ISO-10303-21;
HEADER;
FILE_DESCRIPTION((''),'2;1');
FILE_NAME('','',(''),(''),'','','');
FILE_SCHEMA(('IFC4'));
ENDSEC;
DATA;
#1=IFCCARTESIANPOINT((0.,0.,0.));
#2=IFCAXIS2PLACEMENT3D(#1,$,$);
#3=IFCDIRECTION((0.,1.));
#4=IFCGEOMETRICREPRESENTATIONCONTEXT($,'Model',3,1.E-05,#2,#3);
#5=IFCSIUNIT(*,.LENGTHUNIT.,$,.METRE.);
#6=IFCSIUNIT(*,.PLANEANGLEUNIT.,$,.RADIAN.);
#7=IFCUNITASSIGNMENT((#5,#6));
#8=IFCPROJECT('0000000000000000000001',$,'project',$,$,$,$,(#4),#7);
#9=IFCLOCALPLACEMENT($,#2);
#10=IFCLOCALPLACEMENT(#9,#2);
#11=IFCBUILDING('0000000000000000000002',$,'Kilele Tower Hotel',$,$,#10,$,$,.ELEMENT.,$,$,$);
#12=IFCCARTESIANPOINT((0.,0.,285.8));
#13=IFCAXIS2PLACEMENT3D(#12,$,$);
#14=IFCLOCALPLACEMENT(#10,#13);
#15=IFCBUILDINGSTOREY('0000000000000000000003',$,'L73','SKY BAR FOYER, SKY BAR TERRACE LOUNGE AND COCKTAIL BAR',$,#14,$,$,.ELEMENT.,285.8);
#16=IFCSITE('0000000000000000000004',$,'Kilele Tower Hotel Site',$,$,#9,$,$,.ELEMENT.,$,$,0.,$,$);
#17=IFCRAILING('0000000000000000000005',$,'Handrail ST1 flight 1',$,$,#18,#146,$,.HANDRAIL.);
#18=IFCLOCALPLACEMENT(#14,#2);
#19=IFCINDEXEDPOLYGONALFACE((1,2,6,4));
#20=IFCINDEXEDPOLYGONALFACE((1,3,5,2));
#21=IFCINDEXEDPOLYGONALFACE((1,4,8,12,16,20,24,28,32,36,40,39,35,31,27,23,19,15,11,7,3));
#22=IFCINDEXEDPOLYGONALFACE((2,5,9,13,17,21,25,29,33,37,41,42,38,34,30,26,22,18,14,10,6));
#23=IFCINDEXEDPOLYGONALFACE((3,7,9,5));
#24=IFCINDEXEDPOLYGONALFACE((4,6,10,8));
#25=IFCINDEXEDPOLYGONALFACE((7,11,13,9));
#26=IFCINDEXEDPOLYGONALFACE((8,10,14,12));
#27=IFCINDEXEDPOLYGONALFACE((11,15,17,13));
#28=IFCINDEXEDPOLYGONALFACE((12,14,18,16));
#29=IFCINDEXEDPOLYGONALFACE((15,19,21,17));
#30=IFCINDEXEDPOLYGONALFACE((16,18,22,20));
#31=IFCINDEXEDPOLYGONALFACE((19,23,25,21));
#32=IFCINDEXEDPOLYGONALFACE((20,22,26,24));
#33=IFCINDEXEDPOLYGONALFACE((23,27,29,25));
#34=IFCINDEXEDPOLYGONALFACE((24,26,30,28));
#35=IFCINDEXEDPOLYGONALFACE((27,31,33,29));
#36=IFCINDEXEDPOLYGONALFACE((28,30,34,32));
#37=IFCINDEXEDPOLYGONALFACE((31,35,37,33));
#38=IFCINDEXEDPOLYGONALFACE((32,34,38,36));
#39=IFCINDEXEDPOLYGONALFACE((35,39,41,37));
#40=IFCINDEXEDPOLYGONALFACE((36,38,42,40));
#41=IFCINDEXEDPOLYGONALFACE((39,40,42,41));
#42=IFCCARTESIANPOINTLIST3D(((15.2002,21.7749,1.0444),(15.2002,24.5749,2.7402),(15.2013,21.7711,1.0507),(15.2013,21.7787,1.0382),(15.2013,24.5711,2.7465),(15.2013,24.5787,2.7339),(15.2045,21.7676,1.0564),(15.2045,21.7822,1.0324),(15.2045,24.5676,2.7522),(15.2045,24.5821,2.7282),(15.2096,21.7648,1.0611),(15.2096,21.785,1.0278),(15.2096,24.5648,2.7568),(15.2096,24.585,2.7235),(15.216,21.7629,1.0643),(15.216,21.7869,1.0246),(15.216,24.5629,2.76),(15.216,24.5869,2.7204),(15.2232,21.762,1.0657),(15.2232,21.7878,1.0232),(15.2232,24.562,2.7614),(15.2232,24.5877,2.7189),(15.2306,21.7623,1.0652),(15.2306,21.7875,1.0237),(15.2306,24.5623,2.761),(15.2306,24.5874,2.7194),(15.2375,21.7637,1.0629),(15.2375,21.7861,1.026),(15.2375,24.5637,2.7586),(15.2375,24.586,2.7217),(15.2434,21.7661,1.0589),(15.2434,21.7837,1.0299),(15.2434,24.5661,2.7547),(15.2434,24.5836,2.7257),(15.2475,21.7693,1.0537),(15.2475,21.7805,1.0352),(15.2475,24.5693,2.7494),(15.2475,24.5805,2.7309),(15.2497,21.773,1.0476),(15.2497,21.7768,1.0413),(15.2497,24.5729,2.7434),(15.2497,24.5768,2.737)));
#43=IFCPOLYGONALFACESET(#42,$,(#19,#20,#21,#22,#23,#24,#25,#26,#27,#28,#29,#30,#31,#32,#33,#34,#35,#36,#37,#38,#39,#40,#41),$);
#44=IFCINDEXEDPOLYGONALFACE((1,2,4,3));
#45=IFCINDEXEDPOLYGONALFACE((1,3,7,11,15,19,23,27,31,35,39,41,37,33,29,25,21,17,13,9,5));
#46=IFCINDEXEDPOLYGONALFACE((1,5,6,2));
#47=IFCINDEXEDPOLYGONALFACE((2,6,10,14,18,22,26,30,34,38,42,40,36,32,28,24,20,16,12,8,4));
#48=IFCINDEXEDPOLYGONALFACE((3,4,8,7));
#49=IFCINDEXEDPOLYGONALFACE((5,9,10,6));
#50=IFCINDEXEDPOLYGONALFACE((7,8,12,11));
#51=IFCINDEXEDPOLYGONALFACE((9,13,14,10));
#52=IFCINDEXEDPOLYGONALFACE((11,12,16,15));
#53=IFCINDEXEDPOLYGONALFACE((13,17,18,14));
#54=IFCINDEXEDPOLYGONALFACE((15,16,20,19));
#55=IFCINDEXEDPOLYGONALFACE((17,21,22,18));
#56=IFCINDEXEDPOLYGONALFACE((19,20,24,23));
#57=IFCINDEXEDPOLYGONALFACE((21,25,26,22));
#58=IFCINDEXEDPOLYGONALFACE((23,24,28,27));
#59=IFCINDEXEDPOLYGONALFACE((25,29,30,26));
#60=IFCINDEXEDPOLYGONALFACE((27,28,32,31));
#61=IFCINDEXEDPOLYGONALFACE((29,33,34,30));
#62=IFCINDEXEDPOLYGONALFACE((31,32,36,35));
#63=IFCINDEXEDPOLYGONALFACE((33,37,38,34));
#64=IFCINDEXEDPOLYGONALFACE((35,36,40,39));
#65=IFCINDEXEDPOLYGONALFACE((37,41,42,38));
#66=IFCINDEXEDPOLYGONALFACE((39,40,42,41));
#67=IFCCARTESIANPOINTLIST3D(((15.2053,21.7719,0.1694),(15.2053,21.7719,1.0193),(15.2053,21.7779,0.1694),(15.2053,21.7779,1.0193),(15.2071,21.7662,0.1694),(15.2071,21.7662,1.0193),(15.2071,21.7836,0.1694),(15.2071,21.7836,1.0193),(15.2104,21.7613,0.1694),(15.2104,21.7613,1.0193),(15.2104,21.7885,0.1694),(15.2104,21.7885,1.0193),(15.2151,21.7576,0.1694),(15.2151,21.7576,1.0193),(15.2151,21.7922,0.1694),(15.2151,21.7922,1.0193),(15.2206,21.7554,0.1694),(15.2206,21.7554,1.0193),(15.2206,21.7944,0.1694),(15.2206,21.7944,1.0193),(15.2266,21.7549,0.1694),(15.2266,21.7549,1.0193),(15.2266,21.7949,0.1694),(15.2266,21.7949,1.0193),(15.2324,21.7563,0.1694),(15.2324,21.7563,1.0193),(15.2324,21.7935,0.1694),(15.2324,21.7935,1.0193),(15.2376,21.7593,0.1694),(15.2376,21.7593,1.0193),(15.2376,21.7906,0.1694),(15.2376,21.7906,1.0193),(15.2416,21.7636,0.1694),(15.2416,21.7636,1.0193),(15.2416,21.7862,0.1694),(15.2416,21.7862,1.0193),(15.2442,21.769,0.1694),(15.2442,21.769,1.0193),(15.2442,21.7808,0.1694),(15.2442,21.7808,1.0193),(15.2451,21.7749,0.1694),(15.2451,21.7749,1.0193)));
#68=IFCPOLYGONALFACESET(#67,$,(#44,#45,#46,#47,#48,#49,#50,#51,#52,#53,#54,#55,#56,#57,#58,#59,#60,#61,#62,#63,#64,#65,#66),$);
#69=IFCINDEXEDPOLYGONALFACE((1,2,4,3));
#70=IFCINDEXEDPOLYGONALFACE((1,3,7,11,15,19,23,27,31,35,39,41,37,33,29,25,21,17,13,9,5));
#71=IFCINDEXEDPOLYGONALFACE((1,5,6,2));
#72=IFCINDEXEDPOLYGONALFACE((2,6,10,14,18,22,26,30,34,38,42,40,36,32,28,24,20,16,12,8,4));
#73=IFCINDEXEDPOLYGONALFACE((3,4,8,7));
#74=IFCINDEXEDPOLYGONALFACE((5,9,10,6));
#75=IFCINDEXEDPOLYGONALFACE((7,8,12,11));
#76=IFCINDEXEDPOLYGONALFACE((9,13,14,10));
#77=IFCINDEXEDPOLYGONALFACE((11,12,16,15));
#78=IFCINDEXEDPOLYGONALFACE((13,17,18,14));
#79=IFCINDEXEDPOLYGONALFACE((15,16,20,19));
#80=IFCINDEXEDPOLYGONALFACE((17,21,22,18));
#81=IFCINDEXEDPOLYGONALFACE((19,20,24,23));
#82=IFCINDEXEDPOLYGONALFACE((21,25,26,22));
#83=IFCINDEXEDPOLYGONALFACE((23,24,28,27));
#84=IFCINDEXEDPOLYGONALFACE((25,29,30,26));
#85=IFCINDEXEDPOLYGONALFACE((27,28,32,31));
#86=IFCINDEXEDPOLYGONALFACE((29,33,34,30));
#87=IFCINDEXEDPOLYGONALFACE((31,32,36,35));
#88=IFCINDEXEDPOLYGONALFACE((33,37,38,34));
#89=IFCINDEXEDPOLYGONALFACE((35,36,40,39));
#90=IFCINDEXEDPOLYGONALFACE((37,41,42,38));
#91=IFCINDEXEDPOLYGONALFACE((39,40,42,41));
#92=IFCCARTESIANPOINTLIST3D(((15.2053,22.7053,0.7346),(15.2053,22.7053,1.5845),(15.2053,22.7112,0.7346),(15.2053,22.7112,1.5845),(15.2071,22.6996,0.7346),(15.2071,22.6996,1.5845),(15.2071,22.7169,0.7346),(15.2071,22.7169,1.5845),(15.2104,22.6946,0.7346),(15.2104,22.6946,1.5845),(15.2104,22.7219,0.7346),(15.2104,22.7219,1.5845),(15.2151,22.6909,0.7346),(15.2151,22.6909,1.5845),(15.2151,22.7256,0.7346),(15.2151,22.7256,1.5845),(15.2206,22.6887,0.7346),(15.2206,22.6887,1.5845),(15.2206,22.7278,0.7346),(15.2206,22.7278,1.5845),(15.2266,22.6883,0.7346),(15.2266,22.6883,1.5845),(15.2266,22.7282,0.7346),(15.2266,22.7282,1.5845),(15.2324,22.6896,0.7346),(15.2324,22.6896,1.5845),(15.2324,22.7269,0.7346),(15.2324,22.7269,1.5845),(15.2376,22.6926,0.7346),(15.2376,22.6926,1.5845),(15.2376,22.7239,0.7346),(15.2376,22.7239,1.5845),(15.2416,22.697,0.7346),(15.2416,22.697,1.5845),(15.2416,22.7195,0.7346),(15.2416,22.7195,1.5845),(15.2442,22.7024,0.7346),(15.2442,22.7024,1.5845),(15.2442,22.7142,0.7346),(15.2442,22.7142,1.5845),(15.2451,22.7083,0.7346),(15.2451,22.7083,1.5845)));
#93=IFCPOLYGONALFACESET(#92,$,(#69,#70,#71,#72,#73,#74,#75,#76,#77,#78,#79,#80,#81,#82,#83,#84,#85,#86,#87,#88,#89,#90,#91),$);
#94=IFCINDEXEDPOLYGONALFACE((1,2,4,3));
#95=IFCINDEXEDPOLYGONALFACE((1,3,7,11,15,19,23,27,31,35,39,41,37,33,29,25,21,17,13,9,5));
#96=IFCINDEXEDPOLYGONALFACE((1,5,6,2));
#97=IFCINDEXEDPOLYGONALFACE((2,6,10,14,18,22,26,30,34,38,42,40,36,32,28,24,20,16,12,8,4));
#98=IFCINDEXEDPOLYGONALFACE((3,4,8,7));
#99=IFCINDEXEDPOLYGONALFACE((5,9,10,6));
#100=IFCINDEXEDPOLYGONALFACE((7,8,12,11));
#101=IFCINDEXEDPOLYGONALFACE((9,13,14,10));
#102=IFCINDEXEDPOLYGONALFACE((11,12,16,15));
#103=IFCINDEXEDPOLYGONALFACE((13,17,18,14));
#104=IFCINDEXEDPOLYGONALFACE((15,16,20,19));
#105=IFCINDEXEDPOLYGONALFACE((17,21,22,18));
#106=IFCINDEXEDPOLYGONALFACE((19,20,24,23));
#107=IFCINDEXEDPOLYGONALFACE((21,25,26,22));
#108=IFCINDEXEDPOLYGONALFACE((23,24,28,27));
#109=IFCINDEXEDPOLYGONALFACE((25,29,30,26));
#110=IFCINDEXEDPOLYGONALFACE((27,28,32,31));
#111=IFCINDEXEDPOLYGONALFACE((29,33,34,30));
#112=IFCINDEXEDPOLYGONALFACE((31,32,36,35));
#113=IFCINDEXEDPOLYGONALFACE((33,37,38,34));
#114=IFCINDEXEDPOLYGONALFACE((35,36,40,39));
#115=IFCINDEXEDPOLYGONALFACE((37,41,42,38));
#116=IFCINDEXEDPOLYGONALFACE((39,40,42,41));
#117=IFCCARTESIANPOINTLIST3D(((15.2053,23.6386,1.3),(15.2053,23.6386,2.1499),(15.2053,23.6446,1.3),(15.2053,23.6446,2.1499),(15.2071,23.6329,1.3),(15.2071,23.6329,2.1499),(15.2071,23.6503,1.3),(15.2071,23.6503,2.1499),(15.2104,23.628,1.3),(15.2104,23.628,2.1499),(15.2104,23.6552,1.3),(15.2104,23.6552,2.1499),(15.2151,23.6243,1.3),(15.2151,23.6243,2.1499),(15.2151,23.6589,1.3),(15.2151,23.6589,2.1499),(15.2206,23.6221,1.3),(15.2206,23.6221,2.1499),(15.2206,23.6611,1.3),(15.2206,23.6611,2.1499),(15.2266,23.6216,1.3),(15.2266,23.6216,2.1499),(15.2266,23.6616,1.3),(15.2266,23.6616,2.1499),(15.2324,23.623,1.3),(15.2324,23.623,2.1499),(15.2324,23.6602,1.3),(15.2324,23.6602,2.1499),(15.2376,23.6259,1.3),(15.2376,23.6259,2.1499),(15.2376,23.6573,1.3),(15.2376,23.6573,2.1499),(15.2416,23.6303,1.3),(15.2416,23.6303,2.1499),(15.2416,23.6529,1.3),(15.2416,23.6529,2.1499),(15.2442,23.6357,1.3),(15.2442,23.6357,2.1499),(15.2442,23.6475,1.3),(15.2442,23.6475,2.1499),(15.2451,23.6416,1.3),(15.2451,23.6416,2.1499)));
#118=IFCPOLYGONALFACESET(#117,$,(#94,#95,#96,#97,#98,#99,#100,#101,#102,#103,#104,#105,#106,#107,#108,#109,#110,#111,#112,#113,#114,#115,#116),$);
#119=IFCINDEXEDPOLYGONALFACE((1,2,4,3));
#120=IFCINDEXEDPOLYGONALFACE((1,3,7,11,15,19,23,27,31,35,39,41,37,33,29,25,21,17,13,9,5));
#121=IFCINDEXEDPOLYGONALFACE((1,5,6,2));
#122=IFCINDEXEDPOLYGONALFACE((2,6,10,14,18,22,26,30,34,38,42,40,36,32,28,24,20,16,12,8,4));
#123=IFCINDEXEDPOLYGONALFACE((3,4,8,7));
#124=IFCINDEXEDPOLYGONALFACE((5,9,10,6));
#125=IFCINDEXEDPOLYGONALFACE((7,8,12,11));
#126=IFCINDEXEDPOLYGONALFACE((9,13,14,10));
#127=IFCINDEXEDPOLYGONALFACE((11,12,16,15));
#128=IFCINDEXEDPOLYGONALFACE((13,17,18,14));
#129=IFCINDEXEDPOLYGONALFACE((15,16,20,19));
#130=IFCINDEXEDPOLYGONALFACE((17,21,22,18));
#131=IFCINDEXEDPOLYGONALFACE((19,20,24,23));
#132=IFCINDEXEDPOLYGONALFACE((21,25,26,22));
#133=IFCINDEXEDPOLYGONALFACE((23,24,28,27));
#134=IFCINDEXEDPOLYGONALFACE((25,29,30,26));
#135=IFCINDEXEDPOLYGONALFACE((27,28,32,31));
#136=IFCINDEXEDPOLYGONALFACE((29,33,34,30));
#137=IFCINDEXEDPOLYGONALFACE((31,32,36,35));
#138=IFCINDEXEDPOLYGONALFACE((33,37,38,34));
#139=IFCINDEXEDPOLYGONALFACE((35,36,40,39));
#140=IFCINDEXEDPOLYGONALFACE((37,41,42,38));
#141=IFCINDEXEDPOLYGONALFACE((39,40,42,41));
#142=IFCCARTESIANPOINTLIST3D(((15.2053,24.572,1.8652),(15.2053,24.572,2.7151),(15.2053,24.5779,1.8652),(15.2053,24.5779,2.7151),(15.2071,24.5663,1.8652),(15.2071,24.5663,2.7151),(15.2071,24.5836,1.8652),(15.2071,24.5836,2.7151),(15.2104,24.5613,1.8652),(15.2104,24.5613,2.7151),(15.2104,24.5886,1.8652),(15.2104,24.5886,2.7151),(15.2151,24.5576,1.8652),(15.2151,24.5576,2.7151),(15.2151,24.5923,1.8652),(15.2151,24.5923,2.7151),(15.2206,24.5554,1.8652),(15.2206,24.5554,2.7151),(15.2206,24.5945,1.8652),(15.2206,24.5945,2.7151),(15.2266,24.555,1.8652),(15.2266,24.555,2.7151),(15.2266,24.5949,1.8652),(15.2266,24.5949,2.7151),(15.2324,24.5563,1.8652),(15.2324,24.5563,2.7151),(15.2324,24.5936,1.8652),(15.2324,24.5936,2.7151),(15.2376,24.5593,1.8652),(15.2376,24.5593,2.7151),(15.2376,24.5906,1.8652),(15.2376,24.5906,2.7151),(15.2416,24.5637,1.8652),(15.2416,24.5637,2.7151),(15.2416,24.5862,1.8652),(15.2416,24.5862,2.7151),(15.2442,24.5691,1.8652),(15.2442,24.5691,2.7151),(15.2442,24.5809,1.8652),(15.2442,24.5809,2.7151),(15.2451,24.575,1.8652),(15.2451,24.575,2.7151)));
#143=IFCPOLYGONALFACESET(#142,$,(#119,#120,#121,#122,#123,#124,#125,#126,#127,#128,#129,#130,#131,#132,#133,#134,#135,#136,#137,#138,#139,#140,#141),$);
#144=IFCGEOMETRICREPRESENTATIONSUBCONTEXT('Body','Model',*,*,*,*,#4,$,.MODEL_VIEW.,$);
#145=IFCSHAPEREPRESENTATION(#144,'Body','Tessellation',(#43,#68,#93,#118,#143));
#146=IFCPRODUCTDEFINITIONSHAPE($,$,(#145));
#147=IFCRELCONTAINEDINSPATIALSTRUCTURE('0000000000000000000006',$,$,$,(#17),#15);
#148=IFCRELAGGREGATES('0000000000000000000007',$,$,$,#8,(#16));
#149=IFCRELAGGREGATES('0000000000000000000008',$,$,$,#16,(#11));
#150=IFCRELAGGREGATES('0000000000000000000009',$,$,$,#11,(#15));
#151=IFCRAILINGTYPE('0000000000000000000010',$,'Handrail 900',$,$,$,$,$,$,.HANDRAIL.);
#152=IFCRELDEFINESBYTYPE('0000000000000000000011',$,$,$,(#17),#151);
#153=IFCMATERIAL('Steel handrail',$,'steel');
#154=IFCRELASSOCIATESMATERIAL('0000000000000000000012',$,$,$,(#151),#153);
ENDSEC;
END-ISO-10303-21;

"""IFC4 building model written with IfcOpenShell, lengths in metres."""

from ifc_helpers import new_model, si_unit, direction, frame, origin, origin_2d, place, context, subcontext, project, spatial, circle, extrude, material, type_object, element, save


model = new_model("IFC4")

# Units and contexts
model_context = context("Model", 3, precision=1e-05, world=origin(), true_north=direction((0.0, 1.0)))
body_context = subcontext(model_context, "Body", "Model", "MODEL_VIEW")
ifc_project = project(units=[si_unit("LENGTHUNIT", "METRE"), si_unit("PLANEANGLEUNIT", "RADIAN")], contexts=[model_context])

# Site, building, storey
site_placement = place(None, origin())
site = spatial("IfcSite", under=ifc_project, at=site_placement, Name="Kilele Tower Hotel Site", CompositionType="ELEMENT", RefElevation=0.0)
building_placement = place(site_placement, origin())
building = spatial("IfcBuilding", under=site, at=building_placement, Name="Kilele Tower Hotel", CompositionType="ELEMENT")
storey_placement = place(building_placement, frame((0.0, 0.0, 285.8)))
storey = spatial("IfcBuildingStorey", under=building, at=storey_placement, Name="L73", Description="SKY BAR FOYER, SKY BAR TERRACE LOUNGE AND COCKTAIL BAR", CompositionType="ELEMENT", Elevation=285.8)

# Railing
ifc_material_1 = material(Name="Steel handrail", Category="steel")
railing_type_1 = type_object("IfcRailingType", Name="Handrail 900", PredefinedType="HANDRAIL", material=ifc_material_1)
railing_1_placement = place(storey_placement, frame((15.2251, 21.7749, 0.1694)))
element("IfcRailing", 1, at=railing_1_placement, inside=storey, type_object=railing_type_1, Name="Handrail ST1 flight 1", PredefinedType="HANDRAIL", context=body_context, shape_type="SweptSolid", body=[
    extrude(circle(Radius=0.0249, at=origin_2d()), frame((0.0, 0.0, 0.875), z_axis=(0.0, 0.85536, 0.518034), x_axis=(-1.0, 0.0, 0.0)), (0.0, 0.0, 1.0), 3.2734),
    extrude(circle(Radius=0.02, at=origin_2d()), origin(), (0.0, 0.0, 1.0), 0.8499),
    extrude(circle(Radius=0.02, at=origin_2d()), frame((0.0, 0.9333, 0.5652)), (0.0, 0.0, 1.0), 0.8499),
    extrude(circle(Radius=0.02, at=origin_2d()), frame((0.0, 1.8667, 1.1306)), (0.0, 0.0, 1.0), 0.8499),
    extrude(circle(Radius=0.02, at=origin_2d()), frame((0.0, 2.8, 1.6958)), (0.0, 0.0, 1.0), 0.8499),
])

save(model, "model.ifc")
